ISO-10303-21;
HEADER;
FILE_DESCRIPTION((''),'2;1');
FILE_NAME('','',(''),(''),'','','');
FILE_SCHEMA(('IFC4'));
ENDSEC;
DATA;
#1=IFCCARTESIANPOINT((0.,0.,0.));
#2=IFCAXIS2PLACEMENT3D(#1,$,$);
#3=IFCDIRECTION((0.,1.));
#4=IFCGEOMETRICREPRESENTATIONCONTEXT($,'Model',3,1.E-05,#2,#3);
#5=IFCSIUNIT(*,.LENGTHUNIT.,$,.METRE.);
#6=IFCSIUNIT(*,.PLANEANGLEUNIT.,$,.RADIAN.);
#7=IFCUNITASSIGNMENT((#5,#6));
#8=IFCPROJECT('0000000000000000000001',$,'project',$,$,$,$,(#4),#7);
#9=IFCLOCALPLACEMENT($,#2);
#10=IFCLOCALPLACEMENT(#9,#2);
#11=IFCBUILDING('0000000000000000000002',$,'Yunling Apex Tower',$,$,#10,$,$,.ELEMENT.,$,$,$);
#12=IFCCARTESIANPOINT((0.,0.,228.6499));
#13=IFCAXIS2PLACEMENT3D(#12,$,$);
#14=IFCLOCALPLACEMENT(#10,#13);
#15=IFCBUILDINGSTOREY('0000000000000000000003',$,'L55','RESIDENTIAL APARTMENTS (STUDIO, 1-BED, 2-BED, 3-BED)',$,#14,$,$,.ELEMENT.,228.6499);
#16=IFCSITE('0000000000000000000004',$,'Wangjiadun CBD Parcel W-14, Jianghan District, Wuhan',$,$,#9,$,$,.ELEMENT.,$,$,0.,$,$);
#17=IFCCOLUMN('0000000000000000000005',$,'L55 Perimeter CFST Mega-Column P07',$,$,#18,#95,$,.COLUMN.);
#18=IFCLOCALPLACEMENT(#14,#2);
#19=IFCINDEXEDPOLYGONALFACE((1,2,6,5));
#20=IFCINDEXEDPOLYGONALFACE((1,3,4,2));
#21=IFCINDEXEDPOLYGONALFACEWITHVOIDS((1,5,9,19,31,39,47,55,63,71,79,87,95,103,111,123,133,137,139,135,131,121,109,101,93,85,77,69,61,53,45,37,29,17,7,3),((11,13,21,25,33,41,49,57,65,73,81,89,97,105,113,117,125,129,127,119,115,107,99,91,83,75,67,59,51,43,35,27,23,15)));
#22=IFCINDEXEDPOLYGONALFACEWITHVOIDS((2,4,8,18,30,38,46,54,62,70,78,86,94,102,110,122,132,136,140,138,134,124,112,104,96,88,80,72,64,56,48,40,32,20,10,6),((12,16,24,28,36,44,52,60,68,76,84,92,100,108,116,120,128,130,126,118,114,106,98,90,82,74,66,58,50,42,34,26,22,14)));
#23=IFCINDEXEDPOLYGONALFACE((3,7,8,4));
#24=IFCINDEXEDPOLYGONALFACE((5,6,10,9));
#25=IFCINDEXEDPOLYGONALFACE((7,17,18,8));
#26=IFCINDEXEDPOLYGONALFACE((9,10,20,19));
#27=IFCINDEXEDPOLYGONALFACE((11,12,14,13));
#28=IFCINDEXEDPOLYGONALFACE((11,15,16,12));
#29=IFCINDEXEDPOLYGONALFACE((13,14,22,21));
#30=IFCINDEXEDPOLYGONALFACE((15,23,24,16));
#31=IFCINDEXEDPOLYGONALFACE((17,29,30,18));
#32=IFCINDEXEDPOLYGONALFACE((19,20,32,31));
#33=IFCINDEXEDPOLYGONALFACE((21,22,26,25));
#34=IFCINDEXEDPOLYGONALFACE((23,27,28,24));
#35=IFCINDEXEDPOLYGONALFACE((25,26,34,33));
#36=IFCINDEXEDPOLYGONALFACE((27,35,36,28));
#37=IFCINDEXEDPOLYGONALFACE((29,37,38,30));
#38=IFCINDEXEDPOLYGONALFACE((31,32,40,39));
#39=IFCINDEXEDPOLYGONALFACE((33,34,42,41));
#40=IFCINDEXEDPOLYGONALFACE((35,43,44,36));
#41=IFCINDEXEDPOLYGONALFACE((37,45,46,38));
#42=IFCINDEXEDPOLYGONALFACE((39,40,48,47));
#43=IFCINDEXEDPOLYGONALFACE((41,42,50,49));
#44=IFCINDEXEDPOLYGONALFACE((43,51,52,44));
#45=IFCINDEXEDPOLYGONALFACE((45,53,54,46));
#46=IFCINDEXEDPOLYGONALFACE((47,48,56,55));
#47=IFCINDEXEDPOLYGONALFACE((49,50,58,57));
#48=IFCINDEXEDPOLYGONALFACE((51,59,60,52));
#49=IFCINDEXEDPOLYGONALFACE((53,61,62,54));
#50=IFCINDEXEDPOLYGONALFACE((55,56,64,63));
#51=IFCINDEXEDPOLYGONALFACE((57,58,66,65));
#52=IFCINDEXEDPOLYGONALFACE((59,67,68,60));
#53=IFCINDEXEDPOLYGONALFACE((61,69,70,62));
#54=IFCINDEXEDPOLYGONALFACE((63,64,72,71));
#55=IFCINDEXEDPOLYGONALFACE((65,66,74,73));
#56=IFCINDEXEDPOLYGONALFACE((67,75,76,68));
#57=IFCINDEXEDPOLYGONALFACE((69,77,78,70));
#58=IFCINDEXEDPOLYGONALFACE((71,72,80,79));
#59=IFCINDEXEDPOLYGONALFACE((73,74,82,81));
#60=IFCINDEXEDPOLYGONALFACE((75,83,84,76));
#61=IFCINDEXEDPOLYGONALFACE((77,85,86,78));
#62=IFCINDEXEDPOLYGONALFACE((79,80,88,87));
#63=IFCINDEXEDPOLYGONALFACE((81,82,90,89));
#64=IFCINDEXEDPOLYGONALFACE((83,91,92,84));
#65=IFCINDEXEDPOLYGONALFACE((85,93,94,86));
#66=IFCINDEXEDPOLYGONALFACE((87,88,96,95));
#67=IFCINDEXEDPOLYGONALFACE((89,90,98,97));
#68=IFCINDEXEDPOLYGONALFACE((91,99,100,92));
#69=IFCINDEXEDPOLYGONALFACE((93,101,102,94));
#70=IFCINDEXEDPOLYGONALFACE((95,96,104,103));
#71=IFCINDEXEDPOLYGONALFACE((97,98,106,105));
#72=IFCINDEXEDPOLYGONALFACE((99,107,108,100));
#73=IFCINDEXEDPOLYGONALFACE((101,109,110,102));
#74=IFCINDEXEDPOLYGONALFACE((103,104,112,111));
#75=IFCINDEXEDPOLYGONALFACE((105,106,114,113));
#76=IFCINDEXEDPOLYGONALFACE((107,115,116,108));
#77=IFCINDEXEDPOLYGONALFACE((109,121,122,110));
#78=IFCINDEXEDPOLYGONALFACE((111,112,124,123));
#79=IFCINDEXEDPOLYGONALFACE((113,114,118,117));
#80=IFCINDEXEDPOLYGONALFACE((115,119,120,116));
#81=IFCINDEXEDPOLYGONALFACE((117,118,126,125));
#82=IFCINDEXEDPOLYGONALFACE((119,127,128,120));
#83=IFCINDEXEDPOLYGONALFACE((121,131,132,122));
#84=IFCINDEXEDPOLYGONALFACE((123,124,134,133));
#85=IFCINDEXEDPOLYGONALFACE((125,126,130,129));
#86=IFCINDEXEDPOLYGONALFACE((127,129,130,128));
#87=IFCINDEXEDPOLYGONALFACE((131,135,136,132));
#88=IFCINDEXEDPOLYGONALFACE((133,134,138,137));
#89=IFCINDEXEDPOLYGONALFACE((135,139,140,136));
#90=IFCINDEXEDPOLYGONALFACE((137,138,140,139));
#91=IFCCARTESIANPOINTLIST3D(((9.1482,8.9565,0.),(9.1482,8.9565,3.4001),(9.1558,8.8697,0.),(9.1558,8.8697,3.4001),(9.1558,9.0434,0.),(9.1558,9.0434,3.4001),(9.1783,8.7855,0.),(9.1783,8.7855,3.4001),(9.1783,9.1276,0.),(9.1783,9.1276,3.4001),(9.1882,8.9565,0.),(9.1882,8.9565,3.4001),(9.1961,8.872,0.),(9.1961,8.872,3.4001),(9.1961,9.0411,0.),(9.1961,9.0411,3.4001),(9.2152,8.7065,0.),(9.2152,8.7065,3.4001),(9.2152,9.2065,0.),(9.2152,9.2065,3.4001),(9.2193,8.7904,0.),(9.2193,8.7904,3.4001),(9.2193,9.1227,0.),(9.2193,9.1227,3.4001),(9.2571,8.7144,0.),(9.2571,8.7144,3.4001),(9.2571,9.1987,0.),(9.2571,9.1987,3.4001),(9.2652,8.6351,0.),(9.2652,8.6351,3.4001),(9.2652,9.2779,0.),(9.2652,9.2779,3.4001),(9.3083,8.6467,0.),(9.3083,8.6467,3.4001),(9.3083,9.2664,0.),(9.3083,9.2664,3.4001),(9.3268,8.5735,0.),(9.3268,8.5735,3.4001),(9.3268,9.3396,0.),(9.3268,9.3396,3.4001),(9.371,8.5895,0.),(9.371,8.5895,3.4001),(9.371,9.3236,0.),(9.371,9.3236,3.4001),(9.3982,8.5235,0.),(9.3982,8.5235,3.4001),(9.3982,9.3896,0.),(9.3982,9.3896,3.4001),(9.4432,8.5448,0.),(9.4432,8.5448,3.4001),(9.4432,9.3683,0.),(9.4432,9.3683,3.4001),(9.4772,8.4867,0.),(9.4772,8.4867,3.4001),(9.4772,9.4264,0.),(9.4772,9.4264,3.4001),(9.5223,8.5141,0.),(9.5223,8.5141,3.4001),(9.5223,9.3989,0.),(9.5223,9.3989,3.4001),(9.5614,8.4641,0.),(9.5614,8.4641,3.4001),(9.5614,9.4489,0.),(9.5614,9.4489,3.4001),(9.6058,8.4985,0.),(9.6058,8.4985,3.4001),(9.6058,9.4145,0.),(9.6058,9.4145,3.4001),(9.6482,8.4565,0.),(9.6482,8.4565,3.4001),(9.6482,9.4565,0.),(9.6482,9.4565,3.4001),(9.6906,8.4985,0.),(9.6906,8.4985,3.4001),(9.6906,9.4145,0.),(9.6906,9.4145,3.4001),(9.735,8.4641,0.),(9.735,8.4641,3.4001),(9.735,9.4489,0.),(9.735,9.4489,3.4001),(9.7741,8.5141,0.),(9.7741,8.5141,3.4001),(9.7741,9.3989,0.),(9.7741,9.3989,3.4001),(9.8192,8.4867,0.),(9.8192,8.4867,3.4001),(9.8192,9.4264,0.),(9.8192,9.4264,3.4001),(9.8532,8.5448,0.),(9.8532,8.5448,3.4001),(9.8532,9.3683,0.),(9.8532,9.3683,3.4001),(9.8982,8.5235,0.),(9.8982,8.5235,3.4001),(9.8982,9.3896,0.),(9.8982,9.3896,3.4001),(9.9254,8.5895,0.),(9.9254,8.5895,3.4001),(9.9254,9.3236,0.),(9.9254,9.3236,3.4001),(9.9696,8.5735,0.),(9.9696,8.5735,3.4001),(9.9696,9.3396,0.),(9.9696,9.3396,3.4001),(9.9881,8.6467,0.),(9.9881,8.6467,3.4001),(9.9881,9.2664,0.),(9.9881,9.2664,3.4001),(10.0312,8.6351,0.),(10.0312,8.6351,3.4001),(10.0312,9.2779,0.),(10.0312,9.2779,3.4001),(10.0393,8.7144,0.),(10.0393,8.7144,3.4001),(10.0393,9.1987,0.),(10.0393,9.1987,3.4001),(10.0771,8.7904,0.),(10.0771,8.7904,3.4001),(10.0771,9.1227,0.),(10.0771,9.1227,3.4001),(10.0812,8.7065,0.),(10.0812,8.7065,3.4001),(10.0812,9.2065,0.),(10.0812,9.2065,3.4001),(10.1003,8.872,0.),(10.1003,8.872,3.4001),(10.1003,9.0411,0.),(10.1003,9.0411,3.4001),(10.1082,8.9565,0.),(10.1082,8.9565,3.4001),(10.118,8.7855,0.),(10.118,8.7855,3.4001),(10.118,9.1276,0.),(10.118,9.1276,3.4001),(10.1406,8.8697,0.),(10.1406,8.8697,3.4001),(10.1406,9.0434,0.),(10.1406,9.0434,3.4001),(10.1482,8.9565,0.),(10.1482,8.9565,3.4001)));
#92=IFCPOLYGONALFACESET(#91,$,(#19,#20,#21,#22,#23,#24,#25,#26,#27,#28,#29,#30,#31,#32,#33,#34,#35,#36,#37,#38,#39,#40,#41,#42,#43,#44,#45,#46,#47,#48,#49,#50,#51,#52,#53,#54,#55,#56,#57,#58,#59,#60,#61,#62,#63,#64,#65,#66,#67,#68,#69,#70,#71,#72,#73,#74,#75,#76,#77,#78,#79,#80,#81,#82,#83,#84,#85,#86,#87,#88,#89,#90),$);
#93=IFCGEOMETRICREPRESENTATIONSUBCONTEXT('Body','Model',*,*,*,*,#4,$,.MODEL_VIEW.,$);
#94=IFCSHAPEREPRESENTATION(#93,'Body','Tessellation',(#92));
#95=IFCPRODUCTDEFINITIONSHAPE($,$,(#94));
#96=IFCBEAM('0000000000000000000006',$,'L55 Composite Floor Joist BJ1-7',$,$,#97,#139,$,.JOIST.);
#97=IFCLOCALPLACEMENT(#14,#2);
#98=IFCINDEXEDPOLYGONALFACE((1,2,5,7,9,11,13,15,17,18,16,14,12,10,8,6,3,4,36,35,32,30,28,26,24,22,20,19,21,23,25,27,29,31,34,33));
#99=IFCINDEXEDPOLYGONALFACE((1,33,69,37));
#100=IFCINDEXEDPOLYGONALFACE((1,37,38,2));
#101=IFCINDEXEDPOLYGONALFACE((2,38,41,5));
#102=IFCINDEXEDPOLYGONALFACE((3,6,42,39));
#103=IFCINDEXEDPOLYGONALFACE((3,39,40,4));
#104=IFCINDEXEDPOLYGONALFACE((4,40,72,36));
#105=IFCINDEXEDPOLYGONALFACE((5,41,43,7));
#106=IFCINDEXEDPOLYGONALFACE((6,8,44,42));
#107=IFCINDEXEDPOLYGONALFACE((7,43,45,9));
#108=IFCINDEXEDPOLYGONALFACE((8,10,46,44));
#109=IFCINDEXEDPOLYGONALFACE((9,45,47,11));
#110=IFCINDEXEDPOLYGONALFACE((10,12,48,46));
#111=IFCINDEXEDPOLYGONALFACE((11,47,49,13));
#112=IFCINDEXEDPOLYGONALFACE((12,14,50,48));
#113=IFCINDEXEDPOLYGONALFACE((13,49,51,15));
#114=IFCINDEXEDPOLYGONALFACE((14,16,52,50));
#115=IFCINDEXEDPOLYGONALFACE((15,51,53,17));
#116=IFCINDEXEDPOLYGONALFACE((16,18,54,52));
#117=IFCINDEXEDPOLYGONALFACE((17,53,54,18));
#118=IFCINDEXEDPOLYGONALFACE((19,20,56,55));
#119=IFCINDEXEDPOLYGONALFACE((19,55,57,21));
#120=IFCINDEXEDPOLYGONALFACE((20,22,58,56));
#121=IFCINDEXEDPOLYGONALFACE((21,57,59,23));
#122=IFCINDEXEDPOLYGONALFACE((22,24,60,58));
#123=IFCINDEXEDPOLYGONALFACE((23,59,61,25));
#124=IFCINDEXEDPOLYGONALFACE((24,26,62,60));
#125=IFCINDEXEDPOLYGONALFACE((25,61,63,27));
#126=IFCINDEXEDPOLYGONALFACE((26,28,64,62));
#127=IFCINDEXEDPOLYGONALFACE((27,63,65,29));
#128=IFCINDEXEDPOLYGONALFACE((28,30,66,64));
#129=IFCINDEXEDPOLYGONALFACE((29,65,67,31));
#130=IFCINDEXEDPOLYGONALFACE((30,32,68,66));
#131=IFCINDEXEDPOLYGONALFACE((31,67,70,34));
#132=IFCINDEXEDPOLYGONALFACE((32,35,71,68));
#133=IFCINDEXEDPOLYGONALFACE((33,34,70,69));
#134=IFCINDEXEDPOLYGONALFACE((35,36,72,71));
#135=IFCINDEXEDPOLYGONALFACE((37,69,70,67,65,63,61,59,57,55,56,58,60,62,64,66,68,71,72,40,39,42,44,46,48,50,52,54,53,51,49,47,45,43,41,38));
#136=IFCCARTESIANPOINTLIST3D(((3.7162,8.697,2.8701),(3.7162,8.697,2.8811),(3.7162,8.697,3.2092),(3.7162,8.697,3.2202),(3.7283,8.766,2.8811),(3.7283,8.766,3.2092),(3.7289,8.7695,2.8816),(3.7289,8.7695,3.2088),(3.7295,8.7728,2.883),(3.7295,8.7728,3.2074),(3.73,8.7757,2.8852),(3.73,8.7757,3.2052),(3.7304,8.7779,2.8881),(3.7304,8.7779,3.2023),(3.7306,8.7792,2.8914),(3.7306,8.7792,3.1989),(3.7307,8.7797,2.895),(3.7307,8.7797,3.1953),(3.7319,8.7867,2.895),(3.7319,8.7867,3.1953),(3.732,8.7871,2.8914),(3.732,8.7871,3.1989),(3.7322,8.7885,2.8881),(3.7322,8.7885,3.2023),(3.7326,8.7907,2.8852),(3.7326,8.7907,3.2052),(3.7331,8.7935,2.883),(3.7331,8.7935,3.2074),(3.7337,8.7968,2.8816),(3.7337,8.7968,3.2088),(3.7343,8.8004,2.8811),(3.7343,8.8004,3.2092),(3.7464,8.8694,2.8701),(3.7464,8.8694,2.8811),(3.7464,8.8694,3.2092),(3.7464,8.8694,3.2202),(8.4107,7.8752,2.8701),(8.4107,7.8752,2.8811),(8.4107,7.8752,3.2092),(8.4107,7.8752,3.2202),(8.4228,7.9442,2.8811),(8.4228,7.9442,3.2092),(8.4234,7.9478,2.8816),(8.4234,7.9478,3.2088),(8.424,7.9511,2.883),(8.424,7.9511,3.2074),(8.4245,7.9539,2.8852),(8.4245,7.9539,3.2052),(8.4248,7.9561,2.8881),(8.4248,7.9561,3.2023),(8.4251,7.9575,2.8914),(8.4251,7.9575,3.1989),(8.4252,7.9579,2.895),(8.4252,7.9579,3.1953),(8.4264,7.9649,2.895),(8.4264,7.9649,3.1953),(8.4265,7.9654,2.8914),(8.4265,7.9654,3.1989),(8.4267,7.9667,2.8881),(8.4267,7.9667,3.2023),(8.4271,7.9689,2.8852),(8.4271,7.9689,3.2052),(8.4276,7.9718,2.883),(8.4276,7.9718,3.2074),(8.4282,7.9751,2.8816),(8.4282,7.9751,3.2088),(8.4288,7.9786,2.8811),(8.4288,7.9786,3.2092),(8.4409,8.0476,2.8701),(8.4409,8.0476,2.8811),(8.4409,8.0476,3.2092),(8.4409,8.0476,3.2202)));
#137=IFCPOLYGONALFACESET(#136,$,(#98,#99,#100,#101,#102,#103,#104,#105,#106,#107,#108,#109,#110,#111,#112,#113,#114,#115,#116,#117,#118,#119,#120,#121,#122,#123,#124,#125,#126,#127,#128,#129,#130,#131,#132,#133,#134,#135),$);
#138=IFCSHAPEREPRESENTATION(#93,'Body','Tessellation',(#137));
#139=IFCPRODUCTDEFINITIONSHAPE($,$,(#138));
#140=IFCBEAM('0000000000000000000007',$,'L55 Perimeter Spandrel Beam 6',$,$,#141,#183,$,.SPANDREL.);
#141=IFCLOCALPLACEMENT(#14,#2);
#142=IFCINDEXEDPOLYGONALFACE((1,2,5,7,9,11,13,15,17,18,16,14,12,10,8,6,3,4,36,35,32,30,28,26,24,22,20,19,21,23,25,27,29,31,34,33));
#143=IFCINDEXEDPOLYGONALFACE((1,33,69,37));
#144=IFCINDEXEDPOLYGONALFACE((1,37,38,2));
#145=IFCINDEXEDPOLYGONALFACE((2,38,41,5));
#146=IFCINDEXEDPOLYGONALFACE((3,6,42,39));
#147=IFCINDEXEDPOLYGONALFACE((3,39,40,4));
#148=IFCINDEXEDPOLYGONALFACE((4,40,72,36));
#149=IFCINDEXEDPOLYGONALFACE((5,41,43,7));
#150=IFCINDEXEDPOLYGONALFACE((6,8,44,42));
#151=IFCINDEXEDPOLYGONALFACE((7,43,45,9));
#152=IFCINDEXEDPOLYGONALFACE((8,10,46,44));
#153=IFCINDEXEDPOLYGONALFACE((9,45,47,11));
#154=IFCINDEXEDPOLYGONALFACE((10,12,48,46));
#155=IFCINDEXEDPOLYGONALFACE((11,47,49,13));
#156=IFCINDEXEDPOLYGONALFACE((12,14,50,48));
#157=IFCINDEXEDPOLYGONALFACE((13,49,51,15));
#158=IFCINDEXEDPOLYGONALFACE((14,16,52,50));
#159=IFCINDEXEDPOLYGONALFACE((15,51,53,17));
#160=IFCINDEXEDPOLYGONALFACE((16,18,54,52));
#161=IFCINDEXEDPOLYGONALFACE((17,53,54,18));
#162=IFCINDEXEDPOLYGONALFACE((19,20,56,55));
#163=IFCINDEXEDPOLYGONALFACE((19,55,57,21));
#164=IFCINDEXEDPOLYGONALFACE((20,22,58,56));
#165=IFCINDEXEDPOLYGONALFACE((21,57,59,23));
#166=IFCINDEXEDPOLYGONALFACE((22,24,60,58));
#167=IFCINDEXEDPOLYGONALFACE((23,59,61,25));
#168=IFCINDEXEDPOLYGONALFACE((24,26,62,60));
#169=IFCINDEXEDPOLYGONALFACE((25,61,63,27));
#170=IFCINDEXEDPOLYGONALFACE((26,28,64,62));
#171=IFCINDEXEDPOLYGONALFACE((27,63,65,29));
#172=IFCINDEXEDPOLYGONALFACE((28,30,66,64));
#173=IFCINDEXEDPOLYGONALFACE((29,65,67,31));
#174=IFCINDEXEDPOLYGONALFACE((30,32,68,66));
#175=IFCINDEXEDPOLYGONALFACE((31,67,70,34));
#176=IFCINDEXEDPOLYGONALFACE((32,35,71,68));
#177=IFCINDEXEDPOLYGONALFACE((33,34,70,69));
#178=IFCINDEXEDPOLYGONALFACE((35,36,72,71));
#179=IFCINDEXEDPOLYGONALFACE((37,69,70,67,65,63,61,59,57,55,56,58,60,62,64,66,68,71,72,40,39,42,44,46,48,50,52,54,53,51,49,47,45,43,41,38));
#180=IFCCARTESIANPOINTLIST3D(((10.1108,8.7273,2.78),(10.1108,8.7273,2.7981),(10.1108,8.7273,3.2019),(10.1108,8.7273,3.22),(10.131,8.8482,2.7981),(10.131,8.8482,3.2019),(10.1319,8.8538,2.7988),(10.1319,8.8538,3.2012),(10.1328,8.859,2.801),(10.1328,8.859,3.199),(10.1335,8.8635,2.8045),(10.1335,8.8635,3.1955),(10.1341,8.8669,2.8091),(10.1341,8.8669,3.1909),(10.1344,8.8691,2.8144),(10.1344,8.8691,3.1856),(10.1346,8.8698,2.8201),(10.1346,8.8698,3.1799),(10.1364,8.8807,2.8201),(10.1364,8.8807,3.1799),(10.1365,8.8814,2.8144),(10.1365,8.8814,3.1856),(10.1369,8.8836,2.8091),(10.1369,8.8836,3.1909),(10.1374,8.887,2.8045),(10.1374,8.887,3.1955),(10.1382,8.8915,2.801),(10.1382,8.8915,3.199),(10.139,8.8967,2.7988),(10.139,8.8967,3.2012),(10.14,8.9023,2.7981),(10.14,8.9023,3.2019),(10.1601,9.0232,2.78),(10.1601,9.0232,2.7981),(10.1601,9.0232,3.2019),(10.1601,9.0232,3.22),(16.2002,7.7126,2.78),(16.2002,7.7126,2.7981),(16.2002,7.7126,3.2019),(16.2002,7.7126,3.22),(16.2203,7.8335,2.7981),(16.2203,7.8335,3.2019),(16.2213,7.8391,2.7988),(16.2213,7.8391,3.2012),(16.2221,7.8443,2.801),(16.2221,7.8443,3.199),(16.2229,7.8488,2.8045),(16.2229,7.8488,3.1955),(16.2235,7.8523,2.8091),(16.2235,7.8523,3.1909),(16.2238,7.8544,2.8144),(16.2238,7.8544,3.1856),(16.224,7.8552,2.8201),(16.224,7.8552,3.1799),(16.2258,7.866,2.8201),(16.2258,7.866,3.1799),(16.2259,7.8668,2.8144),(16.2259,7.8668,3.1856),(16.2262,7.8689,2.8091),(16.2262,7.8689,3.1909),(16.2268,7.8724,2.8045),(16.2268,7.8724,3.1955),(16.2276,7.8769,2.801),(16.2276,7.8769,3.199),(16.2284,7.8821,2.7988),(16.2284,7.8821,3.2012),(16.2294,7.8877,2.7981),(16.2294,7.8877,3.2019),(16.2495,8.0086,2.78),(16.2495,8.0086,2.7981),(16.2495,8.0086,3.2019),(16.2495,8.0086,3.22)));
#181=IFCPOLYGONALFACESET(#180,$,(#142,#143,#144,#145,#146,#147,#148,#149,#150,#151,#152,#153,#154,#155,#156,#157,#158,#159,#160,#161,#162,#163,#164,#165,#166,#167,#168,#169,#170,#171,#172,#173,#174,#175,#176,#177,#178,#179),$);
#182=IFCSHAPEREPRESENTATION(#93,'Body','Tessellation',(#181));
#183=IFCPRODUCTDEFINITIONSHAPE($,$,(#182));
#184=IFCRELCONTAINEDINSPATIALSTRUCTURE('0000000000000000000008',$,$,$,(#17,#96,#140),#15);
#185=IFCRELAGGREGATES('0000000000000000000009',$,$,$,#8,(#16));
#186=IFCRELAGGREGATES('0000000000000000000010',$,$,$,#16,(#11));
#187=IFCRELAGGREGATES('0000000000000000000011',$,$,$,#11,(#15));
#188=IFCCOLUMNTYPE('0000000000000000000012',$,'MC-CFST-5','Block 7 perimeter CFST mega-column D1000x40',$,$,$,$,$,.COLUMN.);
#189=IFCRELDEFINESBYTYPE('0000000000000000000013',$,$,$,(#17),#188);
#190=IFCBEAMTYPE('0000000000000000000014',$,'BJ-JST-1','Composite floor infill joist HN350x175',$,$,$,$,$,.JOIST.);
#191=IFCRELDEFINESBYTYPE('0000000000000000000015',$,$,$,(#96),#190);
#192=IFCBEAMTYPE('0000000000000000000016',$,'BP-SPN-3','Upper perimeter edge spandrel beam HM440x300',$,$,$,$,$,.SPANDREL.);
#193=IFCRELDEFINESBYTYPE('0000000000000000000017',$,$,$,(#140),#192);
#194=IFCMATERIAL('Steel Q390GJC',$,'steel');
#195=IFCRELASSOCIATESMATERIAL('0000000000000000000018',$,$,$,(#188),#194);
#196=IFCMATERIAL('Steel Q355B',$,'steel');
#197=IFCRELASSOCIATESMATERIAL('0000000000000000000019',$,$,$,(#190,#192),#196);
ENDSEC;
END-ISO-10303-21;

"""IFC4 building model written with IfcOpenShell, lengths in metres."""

from ifc_helpers import new_model, si_unit, direction, frame, origin, origin_2d, place, context, subcontext, project, spatial, hollow_circle, i_section, extrude, source, transform, mapped, material, material_profile, profile_set, type_object, element, save


model = new_model("IFC4")

# Units and contexts
model_context = context("Model", 3, precision=1e-05, world=origin(), true_north=direction((0.0, 1.0)))
body_context = subcontext(model_context, "Body", "Model", "MODEL_VIEW")
ifc_project = project(units=[si_unit("LENGTHUNIT", "METRE"), si_unit("PLANEANGLEUNIT", "RADIAN")], contexts=[model_context])

# Site, building, storey
site_placement = place(None, origin())
site = spatial("IfcSite", under=ifc_project, at=site_placement, Name="Wangjiadun CBD Parcel W-14, Jianghan District, Wuhan", CompositionType="ELEMENT", RefElevation=0.0)
building_placement = place(site_placement, origin())
building = spatial("IfcBuilding", under=site, at=building_placement, Name="Yunling Apex Tower", CompositionType="ELEMENT")
storey_placement = place(building_placement, frame((0.0, 0.0, 228.6499)))
storey = spatial("IfcBuildingStorey", under=building, at=storey_placement, Name="L55", Description="RESIDENTIAL APARTMENTS (STUDIO, 1-BED, 2-BED, 3-BED)", CompositionType="ELEMENT", Elevation=228.6499)

# Column
ifc_material_1 = material(Name="Steel Q390GJC", Category="steel")
ifc_material_profile_1 = material_profile(ifc_material_1, hollow_circle(Radius=0.5, WallThickness=0.04, at=origin_2d()))
ifc_profile_set_1 = profile_set([ifc_material_profile_1], Name="Steel Q390GJC")
column_type = type_object("IfcColumnType", Name="MC-CFST-5", Description="Block 7 perimeter CFST mega-column D1000x40", PredefinedType="COLUMN", material=ifc_profile_set_1)
shared_shape_1 = source(origin(), body_context, "Body", "SweptSolid", [
    extrude(hollow_circle(Radius=0.5, WallThickness=0.04, at=origin_2d()), origin(), (0.0, 0.0, 1.0), 3.4001),
])
for number, where, z_axis, x_axis, name in (
    (1, (9.6482, 8.9565, 0.0), (0.0, 0.0, 1.0), (1.0, 0.0, 0.0), "L55 Perimeter CFST Mega-Column P07"),
):
    element("IfcColumn", number, at=place(storey_placement, frame(where, z_axis=z_axis, x_axis=x_axis)), inside=storey, type_object=column_type, Name=name, PredefinedType="COLUMN", context=body_context, shape_type="MappedRepresentation", body=[
        mapped(shared_shape_1, transform((0.0, 0.0, 0.0), scale=1.0)),
    ])

# Beams
ifc_material_2 = material(Name="Steel Q355B", Category="steel")
ifc_material_profile_2 = material_profile(ifc_material_2, i_section(OverallWidth=0.175, OverallDepth=0.3501, WebThickness=0.0071, FlangeThickness=0.011, FilletRadius=0.0139, at=origin_2d()))
ifc_profile_set_2 = profile_set([ifc_material_profile_2], Name="Steel Q355B")
beam_type_1 = type_object("IfcBeamType", Name="BJ-JST-1", Description="Composite floor infill joist HN350x175", PredefinedType="JOIST", material=ifc_profile_set_2)
shared_shape_2 = source(origin(), body_context, "Body", "SweptSolid", [
    extrude(i_section(OverallWidth=0.175, OverallDepth=0.3501, WebThickness=0.0071, FlangeThickness=0.011, FilletRadius=0.0139, at=origin_2d()), origin(), (0.0, 0.0, 1.0), 4.7659),
])
beam_1_placement = place(storey_placement, frame((8.4258, 7.9614, 3.0452), z_axis=(-0.985022, 0.172426, 0.0), x_axis=(-0.172426, -0.985022, 0.0)))
element("IfcBeam", 2, at=beam_1_placement, inside=storey, type_object=beam_type_1, Name="L55 Composite Floor Joist BJ1-7", PredefinedType="JOIST", context=body_context, shape_type="MappedRepresentation", body=[
    mapped(shared_shape_2, transform((0.0, 0.0, 0.0), scale=1.0)),
])
ifc_material_profile_3 = material_profile(ifc_material_2, i_section(OverallWidth=0.3, OverallDepth=0.4399, WebThickness=0.011, FlangeThickness=0.0181, FilletRadius=0.022, at=origin_2d()))
ifc_profile_set_3 = profile_set([ifc_material_profile_3], Name="Steel Q355B")
beam_type_2 = type_object("IfcBeamType", Name="BP-SPN-3", Description="Upper perimeter edge spandrel beam HM440x300", PredefinedType="SPANDREL", material=ifc_profile_set_3)
shared_shape_3 = source(origin(), body_context, "Body", "SweptSolid", [
    extrude(i_section(OverallWidth=0.3, OverallDepth=0.4399, WebThickness=0.011, FlangeThickness=0.0181, FilletRadius=0.022, at=origin_2d()), origin(), (0.0, 0.0, 1.0), 6.1733),
])
for number, where, z_axis, x_axis, name in (
    (3, (16.2249, 7.8606, 3.0), (-0.9864, 0.164361, 0.0), (-0.164361, -0.9864, 0.0), "L55 Perimeter Spandrel Beam 6"),
):
    element("IfcBeam", number, at=place(storey_placement, frame(where, z_axis=z_axis, x_axis=x_axis)), inside=storey, type_object=beam_type_2, Name=name, PredefinedType="SPANDREL", context=body_context, shape_type="MappedRepresentation", body=[
        mapped(shared_shape_3, transform((0.0, 0.0, 0.0), scale=1.0)),
    ])

save(model, "model.ifc")
